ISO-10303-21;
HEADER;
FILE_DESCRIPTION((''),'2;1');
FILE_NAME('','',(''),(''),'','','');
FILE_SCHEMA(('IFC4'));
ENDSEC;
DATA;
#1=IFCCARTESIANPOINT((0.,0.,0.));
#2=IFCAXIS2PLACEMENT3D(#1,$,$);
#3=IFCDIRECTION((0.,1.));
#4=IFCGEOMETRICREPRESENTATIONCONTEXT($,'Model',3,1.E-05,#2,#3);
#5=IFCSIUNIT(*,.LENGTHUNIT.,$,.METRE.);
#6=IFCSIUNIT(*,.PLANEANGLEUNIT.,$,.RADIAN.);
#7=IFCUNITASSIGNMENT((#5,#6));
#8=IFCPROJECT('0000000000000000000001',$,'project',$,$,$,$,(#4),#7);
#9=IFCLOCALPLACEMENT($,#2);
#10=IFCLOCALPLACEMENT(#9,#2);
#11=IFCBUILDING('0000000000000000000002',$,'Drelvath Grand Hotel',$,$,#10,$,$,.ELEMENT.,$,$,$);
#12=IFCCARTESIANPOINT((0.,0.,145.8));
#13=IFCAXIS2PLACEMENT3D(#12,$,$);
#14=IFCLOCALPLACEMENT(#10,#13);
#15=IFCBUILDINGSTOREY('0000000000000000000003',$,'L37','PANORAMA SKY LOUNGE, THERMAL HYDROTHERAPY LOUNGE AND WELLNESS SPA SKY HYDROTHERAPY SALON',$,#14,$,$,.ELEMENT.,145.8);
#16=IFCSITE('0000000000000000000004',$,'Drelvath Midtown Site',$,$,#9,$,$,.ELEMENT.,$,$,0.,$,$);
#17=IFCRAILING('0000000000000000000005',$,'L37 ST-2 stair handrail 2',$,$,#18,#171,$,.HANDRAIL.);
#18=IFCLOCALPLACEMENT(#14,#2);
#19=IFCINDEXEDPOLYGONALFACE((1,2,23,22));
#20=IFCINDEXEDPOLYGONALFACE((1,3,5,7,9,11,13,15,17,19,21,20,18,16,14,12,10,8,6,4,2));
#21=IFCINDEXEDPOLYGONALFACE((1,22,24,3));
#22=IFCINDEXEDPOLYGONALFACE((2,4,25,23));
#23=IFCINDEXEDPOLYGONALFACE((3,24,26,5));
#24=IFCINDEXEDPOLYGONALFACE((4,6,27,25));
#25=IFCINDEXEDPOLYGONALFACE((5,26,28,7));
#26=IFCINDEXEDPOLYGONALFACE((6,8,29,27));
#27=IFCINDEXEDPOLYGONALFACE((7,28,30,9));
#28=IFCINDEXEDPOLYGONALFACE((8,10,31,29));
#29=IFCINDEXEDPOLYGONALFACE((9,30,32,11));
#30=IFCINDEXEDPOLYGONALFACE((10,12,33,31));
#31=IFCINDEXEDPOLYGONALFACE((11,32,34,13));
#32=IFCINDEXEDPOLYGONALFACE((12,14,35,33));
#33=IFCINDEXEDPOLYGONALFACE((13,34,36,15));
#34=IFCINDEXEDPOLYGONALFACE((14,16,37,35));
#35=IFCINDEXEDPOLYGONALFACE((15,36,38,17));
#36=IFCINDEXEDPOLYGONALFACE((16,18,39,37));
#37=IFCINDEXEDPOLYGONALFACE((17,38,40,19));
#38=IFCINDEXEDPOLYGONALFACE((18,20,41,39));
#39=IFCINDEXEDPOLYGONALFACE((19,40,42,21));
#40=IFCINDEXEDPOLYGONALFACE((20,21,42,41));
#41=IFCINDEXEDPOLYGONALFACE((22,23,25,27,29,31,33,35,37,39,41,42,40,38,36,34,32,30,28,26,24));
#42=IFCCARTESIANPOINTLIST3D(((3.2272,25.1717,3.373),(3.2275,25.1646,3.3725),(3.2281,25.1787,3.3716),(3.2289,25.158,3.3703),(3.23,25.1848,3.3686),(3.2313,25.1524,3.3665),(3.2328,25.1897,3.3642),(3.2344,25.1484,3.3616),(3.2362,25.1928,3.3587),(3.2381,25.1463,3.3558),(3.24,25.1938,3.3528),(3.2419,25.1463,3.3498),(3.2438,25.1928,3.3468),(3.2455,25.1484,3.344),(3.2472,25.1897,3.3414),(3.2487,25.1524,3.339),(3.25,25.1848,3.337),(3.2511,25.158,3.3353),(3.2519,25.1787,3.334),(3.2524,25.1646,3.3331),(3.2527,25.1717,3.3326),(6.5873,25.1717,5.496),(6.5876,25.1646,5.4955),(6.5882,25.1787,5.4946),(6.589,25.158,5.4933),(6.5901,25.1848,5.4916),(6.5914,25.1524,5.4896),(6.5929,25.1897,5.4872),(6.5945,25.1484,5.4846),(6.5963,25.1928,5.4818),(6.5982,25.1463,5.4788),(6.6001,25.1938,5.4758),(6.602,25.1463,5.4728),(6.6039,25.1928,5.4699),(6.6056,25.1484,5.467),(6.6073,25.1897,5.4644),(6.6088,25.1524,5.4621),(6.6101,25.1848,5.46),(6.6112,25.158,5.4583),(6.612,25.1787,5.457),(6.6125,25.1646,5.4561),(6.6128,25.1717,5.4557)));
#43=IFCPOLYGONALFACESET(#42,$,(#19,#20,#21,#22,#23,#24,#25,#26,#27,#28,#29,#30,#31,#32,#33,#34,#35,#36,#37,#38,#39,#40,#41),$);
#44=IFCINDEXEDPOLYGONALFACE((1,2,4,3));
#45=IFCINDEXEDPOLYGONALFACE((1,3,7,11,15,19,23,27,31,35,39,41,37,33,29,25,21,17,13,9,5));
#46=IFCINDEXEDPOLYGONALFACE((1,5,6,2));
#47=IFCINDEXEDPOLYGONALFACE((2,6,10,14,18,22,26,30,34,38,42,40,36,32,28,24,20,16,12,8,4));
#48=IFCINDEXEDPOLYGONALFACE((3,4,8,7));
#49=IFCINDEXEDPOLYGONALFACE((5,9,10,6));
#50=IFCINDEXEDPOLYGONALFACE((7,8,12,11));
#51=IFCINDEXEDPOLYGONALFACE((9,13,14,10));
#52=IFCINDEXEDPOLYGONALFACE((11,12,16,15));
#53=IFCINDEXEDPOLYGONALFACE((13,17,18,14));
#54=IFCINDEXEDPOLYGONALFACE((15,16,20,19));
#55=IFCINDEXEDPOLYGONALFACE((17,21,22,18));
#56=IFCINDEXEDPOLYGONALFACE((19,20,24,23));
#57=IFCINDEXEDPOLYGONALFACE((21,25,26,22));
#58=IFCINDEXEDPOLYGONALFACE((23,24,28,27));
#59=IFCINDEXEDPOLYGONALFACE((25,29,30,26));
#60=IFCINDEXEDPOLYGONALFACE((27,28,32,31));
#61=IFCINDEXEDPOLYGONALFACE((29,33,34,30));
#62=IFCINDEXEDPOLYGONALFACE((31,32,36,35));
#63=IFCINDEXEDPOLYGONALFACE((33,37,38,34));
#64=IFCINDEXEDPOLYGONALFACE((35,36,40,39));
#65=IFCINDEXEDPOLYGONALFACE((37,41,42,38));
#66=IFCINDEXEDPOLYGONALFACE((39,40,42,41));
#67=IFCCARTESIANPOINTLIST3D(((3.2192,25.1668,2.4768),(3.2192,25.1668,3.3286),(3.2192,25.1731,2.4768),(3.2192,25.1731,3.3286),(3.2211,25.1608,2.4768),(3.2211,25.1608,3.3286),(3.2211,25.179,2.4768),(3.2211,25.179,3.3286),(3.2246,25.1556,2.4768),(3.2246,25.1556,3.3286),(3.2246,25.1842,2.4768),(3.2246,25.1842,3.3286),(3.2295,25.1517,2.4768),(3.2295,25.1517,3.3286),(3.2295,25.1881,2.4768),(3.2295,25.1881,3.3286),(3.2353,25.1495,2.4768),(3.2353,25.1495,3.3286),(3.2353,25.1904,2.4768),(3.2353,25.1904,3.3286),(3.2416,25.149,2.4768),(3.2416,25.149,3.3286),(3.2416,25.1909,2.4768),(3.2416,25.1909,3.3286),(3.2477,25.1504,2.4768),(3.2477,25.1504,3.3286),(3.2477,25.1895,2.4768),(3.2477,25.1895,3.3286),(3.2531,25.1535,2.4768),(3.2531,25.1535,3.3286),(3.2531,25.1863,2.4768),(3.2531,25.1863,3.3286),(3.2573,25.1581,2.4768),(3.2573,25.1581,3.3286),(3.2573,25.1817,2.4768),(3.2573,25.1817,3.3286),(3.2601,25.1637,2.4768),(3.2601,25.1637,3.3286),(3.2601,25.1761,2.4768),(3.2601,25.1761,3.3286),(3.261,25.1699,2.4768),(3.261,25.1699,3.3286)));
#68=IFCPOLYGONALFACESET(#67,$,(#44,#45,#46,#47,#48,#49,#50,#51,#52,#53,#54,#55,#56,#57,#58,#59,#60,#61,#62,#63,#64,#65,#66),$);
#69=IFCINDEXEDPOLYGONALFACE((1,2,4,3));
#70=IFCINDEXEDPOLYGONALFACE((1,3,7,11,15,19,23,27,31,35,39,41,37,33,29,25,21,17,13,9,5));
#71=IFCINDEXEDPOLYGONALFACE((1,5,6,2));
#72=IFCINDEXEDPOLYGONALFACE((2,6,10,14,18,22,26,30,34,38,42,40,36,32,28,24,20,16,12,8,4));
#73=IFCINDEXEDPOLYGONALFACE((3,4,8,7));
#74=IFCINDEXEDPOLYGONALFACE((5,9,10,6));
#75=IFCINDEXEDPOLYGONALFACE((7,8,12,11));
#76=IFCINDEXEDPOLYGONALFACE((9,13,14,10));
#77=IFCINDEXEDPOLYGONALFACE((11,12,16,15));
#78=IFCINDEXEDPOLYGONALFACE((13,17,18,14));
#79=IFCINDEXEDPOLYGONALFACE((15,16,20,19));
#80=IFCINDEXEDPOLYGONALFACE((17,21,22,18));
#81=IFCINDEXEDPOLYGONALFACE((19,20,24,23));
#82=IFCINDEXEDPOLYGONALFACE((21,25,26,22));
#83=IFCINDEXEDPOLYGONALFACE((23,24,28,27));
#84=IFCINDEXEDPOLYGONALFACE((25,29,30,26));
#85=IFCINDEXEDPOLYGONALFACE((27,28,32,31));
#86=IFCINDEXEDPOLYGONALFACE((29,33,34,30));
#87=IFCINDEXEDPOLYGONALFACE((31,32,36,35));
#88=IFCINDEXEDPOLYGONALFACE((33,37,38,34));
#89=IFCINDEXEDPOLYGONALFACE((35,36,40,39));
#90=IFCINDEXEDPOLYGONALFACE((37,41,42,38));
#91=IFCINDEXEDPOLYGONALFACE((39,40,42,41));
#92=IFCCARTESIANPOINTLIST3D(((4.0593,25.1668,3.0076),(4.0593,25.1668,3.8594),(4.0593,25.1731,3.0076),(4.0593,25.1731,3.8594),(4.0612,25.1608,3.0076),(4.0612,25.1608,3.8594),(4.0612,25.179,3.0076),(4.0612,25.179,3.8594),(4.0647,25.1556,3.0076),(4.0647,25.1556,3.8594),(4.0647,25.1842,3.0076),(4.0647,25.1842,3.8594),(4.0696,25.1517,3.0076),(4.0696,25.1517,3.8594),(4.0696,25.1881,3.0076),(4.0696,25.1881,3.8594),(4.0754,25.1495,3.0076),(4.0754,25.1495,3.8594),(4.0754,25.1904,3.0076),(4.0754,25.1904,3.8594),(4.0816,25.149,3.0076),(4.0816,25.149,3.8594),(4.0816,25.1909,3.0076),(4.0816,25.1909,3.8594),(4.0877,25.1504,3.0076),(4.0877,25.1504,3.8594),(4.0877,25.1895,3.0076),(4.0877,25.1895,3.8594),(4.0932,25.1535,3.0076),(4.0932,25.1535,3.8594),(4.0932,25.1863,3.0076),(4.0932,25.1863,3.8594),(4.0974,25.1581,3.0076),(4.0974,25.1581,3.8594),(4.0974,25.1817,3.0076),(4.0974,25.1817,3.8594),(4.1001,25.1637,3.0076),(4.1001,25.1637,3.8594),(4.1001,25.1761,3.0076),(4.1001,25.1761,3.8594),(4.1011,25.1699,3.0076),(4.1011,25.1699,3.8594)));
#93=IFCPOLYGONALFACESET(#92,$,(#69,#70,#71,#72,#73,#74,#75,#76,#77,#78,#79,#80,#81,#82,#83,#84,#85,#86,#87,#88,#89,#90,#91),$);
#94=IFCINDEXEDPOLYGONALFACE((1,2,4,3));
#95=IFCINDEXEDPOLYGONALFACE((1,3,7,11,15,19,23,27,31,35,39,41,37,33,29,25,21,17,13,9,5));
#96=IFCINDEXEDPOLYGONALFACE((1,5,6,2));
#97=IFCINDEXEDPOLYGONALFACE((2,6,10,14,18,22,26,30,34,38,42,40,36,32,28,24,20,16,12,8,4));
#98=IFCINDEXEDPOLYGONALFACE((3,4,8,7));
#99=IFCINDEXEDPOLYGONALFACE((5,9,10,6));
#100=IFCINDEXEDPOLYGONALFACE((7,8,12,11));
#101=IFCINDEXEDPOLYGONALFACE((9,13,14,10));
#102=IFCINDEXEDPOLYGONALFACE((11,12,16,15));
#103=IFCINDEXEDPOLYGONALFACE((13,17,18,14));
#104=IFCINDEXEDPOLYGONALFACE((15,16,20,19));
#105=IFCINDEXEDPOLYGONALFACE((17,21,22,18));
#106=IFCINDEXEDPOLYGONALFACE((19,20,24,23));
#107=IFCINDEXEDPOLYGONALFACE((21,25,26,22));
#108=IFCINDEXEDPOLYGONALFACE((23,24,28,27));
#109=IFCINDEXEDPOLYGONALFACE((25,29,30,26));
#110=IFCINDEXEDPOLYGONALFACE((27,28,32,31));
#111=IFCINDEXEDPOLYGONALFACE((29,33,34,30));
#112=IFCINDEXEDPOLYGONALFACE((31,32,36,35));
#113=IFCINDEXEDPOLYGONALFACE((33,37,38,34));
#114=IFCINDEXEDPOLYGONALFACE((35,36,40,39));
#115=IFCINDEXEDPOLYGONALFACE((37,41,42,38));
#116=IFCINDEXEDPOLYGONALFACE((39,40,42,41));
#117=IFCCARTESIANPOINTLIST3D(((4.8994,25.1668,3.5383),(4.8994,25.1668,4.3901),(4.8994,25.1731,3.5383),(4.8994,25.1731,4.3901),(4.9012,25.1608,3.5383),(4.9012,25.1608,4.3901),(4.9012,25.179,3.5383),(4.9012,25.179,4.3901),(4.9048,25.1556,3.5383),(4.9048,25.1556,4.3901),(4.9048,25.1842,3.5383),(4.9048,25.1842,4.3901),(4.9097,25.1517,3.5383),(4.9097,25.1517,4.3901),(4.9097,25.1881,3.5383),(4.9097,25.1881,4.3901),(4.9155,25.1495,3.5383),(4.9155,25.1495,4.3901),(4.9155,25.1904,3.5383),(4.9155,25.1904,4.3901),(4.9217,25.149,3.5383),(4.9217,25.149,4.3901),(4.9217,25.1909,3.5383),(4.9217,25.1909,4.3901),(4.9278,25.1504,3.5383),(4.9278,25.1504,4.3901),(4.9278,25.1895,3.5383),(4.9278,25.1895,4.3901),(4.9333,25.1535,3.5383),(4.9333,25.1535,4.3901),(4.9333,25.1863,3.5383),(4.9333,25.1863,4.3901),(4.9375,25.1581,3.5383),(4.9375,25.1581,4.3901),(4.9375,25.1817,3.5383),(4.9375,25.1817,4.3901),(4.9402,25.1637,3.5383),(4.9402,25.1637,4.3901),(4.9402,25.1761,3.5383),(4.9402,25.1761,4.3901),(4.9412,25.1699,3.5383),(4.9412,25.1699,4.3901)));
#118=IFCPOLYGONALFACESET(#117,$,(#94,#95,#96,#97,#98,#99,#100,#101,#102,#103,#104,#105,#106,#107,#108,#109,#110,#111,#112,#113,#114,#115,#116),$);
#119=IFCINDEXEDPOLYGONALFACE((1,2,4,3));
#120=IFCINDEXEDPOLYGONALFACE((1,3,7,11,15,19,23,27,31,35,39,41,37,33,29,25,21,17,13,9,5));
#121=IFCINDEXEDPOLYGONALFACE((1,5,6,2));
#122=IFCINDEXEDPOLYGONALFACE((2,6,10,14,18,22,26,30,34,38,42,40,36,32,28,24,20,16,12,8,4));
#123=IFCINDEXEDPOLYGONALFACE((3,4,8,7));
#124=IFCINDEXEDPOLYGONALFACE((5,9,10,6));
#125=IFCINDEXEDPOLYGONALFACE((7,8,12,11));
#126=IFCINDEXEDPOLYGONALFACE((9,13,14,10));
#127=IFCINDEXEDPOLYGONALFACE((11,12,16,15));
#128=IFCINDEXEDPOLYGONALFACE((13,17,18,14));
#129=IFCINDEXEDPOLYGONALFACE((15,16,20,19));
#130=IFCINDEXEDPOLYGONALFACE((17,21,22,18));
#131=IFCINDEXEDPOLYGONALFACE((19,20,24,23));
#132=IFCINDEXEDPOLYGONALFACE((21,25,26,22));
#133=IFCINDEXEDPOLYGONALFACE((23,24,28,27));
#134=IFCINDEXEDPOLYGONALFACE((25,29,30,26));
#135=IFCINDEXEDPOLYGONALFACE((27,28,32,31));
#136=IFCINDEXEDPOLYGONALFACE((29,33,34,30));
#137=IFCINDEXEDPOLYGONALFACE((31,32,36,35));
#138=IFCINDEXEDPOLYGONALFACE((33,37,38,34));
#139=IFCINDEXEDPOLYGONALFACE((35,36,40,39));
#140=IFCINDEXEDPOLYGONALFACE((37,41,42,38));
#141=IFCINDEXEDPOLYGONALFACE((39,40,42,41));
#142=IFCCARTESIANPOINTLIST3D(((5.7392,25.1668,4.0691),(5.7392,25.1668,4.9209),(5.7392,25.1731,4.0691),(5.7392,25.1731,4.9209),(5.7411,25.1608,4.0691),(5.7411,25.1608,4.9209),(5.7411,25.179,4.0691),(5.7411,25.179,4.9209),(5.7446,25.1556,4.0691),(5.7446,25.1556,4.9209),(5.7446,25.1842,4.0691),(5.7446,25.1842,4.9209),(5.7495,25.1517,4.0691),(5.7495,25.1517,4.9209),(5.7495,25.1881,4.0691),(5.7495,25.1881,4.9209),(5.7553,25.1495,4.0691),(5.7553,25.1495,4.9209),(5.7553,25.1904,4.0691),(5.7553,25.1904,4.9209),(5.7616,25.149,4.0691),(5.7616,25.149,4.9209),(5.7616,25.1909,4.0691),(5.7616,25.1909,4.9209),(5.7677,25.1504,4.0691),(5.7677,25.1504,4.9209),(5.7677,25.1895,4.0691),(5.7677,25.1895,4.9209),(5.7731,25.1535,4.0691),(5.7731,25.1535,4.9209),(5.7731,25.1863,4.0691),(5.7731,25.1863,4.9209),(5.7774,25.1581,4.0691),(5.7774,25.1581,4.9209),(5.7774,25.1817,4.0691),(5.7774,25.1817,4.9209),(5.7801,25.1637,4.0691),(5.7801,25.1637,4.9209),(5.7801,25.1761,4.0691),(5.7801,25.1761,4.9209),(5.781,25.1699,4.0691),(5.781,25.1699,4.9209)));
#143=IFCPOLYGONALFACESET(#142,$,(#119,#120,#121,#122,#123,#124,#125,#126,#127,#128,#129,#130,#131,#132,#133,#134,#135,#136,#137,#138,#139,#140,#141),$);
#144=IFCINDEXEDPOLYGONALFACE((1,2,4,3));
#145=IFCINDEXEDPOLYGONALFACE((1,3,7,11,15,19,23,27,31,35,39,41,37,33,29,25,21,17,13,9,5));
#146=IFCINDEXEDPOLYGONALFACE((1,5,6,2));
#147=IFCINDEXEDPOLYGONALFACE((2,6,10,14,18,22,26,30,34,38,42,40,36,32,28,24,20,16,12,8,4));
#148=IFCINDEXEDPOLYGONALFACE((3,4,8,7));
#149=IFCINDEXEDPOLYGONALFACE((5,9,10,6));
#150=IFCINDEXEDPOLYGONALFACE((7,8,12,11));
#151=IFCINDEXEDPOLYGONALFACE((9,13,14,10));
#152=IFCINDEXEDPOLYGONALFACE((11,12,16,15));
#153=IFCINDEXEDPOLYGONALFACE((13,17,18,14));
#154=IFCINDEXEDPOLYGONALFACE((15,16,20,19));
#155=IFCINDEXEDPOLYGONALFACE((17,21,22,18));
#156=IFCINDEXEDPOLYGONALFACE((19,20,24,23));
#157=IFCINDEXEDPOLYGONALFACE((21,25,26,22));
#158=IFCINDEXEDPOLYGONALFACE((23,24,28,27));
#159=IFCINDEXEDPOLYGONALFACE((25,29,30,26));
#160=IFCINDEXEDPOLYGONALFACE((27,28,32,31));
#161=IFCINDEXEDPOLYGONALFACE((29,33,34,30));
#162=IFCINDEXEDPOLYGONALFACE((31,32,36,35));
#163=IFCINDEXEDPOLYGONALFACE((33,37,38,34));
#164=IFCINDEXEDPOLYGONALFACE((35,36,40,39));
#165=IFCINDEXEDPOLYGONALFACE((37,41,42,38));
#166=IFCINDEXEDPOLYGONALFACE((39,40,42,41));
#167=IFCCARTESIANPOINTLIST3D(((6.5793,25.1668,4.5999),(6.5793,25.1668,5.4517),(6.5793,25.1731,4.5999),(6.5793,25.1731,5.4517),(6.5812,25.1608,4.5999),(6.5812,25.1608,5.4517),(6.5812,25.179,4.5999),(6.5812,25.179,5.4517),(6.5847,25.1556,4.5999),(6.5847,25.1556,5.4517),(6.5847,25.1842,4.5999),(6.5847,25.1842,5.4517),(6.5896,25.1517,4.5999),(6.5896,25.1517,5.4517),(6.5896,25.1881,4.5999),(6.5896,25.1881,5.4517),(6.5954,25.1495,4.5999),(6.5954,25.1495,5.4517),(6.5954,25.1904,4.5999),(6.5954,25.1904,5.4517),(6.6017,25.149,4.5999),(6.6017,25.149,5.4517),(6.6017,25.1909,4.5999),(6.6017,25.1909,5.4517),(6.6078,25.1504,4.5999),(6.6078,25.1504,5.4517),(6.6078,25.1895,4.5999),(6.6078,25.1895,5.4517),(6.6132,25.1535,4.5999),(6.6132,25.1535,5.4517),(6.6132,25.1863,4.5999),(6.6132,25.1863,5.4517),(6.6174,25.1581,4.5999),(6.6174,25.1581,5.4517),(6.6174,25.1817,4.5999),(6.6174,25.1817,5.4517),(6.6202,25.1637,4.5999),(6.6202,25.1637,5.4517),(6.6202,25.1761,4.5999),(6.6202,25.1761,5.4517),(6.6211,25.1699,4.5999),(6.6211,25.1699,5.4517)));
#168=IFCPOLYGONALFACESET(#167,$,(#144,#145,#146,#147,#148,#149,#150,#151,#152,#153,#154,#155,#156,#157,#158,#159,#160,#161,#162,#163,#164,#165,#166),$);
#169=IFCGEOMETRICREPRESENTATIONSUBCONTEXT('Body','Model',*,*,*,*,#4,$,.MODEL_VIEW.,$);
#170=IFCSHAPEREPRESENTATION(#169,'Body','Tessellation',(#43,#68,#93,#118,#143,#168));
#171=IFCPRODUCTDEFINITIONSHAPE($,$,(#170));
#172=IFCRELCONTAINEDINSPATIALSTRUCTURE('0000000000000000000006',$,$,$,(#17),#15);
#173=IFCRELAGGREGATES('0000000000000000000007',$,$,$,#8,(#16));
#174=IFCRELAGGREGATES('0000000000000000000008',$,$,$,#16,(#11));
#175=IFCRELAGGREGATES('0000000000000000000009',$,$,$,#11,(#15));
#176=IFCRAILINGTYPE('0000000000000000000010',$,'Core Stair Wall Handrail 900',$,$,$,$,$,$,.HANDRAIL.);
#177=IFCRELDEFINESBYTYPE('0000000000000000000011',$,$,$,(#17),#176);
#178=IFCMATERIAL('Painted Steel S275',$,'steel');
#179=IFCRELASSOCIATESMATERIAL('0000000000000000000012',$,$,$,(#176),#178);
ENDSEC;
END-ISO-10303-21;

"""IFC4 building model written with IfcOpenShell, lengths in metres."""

from ifc_helpers import new_model, si_unit, direction, frame, origin, origin_2d, place, context, subcontext, project, spatial, circle, extrude, material, type_object, element, save


model = new_model("IFC4")

# Units and contexts
model_context = context("Model", 3, precision=1e-05, world=origin(), true_north=direction((0.0, 1.0)))
body_context = subcontext(model_context, "Body", "Model", "MODEL_VIEW")
ifc_project = project(units=[si_unit("LENGTHUNIT", "METRE"), si_unit("PLANEANGLEUNIT", "RADIAN")], contexts=[model_context])

# Site, building, storey
site_placement = place(None, origin())
site = spatial("IfcSite", under=ifc_project, at=site_placement, Name="Drelvath Midtown Site", CompositionType="ELEMENT", RefElevation=0.0)
building_placement = place(site_placement, origin())
building = spatial("IfcBuilding", under=site, at=building_placement, Name="Drelvath Grand Hotel", CompositionType="ELEMENT")
storey_placement = place(building_placement, frame((0.0, 0.0, 145.8)))
storey = spatial("IfcBuildingStorey", under=building, at=storey_placement, Name="L37", Description="PANORAMA SKY LOUNGE, THERMAL HYDROTHERAPY LOUNGE AND WELLNESS SPA SKY HYDROTHERAPY SALON", CompositionType="ELEMENT", Elevation=145.8)

# Railing
ifc_material_1 = material(Name="Painted Steel S275", Category="steel")
railing_type_1 = type_object("IfcRailingType", Name="Core Stair Wall Handrail 900", PredefinedType="HANDRAIL", material=ifc_material_1)
railing_1_placement = place(storey_placement, frame((3.24, 25.1699, 2.4768)))
element("IfcRailing", 1, at=railing_1_placement, inside=storey, type_object=railing_type_1, Name="L37 ST-2 stair handrail 2", PredefinedType="HANDRAIL", context=body_context, shape_type="SweptSolid", body=[
    extrude(circle(Radius=0.0239, at=origin_2d()), frame((0.0, 0.0, 0.876), z_axis=(0.84539, 0.0, 0.53415), x_axis=(0.0, 1.0, 0.0)), (0.0, 0.0, 1.0), 3.9746),
    extrude(circle(Radius=0.021, at=origin_2d()), origin(), (0.0, 0.0, 1.0), 0.8518),
    extrude(circle(Radius=0.021, at=origin_2d()), frame((0.8401, 0.0, 0.5308)), (0.0, 0.0, 1.0), 0.8518),
    extrude(circle(Radius=0.021, at=origin_2d()), frame((1.6802, 0.0, 1.0615)), (0.0, 0.0, 1.0), 0.8518),
    extrude(circle(Radius=0.021, at=origin_2d()), frame((2.52, 0.0, 1.5923)), (0.0, 0.0, 1.0), 0.8518),
    extrude(circle(Radius=0.021, at=origin_2d()), frame((3.3601, 0.0, 2.123)), (0.0, 0.0, 1.0), 0.8518),
])

save(model, "model.ifc")
